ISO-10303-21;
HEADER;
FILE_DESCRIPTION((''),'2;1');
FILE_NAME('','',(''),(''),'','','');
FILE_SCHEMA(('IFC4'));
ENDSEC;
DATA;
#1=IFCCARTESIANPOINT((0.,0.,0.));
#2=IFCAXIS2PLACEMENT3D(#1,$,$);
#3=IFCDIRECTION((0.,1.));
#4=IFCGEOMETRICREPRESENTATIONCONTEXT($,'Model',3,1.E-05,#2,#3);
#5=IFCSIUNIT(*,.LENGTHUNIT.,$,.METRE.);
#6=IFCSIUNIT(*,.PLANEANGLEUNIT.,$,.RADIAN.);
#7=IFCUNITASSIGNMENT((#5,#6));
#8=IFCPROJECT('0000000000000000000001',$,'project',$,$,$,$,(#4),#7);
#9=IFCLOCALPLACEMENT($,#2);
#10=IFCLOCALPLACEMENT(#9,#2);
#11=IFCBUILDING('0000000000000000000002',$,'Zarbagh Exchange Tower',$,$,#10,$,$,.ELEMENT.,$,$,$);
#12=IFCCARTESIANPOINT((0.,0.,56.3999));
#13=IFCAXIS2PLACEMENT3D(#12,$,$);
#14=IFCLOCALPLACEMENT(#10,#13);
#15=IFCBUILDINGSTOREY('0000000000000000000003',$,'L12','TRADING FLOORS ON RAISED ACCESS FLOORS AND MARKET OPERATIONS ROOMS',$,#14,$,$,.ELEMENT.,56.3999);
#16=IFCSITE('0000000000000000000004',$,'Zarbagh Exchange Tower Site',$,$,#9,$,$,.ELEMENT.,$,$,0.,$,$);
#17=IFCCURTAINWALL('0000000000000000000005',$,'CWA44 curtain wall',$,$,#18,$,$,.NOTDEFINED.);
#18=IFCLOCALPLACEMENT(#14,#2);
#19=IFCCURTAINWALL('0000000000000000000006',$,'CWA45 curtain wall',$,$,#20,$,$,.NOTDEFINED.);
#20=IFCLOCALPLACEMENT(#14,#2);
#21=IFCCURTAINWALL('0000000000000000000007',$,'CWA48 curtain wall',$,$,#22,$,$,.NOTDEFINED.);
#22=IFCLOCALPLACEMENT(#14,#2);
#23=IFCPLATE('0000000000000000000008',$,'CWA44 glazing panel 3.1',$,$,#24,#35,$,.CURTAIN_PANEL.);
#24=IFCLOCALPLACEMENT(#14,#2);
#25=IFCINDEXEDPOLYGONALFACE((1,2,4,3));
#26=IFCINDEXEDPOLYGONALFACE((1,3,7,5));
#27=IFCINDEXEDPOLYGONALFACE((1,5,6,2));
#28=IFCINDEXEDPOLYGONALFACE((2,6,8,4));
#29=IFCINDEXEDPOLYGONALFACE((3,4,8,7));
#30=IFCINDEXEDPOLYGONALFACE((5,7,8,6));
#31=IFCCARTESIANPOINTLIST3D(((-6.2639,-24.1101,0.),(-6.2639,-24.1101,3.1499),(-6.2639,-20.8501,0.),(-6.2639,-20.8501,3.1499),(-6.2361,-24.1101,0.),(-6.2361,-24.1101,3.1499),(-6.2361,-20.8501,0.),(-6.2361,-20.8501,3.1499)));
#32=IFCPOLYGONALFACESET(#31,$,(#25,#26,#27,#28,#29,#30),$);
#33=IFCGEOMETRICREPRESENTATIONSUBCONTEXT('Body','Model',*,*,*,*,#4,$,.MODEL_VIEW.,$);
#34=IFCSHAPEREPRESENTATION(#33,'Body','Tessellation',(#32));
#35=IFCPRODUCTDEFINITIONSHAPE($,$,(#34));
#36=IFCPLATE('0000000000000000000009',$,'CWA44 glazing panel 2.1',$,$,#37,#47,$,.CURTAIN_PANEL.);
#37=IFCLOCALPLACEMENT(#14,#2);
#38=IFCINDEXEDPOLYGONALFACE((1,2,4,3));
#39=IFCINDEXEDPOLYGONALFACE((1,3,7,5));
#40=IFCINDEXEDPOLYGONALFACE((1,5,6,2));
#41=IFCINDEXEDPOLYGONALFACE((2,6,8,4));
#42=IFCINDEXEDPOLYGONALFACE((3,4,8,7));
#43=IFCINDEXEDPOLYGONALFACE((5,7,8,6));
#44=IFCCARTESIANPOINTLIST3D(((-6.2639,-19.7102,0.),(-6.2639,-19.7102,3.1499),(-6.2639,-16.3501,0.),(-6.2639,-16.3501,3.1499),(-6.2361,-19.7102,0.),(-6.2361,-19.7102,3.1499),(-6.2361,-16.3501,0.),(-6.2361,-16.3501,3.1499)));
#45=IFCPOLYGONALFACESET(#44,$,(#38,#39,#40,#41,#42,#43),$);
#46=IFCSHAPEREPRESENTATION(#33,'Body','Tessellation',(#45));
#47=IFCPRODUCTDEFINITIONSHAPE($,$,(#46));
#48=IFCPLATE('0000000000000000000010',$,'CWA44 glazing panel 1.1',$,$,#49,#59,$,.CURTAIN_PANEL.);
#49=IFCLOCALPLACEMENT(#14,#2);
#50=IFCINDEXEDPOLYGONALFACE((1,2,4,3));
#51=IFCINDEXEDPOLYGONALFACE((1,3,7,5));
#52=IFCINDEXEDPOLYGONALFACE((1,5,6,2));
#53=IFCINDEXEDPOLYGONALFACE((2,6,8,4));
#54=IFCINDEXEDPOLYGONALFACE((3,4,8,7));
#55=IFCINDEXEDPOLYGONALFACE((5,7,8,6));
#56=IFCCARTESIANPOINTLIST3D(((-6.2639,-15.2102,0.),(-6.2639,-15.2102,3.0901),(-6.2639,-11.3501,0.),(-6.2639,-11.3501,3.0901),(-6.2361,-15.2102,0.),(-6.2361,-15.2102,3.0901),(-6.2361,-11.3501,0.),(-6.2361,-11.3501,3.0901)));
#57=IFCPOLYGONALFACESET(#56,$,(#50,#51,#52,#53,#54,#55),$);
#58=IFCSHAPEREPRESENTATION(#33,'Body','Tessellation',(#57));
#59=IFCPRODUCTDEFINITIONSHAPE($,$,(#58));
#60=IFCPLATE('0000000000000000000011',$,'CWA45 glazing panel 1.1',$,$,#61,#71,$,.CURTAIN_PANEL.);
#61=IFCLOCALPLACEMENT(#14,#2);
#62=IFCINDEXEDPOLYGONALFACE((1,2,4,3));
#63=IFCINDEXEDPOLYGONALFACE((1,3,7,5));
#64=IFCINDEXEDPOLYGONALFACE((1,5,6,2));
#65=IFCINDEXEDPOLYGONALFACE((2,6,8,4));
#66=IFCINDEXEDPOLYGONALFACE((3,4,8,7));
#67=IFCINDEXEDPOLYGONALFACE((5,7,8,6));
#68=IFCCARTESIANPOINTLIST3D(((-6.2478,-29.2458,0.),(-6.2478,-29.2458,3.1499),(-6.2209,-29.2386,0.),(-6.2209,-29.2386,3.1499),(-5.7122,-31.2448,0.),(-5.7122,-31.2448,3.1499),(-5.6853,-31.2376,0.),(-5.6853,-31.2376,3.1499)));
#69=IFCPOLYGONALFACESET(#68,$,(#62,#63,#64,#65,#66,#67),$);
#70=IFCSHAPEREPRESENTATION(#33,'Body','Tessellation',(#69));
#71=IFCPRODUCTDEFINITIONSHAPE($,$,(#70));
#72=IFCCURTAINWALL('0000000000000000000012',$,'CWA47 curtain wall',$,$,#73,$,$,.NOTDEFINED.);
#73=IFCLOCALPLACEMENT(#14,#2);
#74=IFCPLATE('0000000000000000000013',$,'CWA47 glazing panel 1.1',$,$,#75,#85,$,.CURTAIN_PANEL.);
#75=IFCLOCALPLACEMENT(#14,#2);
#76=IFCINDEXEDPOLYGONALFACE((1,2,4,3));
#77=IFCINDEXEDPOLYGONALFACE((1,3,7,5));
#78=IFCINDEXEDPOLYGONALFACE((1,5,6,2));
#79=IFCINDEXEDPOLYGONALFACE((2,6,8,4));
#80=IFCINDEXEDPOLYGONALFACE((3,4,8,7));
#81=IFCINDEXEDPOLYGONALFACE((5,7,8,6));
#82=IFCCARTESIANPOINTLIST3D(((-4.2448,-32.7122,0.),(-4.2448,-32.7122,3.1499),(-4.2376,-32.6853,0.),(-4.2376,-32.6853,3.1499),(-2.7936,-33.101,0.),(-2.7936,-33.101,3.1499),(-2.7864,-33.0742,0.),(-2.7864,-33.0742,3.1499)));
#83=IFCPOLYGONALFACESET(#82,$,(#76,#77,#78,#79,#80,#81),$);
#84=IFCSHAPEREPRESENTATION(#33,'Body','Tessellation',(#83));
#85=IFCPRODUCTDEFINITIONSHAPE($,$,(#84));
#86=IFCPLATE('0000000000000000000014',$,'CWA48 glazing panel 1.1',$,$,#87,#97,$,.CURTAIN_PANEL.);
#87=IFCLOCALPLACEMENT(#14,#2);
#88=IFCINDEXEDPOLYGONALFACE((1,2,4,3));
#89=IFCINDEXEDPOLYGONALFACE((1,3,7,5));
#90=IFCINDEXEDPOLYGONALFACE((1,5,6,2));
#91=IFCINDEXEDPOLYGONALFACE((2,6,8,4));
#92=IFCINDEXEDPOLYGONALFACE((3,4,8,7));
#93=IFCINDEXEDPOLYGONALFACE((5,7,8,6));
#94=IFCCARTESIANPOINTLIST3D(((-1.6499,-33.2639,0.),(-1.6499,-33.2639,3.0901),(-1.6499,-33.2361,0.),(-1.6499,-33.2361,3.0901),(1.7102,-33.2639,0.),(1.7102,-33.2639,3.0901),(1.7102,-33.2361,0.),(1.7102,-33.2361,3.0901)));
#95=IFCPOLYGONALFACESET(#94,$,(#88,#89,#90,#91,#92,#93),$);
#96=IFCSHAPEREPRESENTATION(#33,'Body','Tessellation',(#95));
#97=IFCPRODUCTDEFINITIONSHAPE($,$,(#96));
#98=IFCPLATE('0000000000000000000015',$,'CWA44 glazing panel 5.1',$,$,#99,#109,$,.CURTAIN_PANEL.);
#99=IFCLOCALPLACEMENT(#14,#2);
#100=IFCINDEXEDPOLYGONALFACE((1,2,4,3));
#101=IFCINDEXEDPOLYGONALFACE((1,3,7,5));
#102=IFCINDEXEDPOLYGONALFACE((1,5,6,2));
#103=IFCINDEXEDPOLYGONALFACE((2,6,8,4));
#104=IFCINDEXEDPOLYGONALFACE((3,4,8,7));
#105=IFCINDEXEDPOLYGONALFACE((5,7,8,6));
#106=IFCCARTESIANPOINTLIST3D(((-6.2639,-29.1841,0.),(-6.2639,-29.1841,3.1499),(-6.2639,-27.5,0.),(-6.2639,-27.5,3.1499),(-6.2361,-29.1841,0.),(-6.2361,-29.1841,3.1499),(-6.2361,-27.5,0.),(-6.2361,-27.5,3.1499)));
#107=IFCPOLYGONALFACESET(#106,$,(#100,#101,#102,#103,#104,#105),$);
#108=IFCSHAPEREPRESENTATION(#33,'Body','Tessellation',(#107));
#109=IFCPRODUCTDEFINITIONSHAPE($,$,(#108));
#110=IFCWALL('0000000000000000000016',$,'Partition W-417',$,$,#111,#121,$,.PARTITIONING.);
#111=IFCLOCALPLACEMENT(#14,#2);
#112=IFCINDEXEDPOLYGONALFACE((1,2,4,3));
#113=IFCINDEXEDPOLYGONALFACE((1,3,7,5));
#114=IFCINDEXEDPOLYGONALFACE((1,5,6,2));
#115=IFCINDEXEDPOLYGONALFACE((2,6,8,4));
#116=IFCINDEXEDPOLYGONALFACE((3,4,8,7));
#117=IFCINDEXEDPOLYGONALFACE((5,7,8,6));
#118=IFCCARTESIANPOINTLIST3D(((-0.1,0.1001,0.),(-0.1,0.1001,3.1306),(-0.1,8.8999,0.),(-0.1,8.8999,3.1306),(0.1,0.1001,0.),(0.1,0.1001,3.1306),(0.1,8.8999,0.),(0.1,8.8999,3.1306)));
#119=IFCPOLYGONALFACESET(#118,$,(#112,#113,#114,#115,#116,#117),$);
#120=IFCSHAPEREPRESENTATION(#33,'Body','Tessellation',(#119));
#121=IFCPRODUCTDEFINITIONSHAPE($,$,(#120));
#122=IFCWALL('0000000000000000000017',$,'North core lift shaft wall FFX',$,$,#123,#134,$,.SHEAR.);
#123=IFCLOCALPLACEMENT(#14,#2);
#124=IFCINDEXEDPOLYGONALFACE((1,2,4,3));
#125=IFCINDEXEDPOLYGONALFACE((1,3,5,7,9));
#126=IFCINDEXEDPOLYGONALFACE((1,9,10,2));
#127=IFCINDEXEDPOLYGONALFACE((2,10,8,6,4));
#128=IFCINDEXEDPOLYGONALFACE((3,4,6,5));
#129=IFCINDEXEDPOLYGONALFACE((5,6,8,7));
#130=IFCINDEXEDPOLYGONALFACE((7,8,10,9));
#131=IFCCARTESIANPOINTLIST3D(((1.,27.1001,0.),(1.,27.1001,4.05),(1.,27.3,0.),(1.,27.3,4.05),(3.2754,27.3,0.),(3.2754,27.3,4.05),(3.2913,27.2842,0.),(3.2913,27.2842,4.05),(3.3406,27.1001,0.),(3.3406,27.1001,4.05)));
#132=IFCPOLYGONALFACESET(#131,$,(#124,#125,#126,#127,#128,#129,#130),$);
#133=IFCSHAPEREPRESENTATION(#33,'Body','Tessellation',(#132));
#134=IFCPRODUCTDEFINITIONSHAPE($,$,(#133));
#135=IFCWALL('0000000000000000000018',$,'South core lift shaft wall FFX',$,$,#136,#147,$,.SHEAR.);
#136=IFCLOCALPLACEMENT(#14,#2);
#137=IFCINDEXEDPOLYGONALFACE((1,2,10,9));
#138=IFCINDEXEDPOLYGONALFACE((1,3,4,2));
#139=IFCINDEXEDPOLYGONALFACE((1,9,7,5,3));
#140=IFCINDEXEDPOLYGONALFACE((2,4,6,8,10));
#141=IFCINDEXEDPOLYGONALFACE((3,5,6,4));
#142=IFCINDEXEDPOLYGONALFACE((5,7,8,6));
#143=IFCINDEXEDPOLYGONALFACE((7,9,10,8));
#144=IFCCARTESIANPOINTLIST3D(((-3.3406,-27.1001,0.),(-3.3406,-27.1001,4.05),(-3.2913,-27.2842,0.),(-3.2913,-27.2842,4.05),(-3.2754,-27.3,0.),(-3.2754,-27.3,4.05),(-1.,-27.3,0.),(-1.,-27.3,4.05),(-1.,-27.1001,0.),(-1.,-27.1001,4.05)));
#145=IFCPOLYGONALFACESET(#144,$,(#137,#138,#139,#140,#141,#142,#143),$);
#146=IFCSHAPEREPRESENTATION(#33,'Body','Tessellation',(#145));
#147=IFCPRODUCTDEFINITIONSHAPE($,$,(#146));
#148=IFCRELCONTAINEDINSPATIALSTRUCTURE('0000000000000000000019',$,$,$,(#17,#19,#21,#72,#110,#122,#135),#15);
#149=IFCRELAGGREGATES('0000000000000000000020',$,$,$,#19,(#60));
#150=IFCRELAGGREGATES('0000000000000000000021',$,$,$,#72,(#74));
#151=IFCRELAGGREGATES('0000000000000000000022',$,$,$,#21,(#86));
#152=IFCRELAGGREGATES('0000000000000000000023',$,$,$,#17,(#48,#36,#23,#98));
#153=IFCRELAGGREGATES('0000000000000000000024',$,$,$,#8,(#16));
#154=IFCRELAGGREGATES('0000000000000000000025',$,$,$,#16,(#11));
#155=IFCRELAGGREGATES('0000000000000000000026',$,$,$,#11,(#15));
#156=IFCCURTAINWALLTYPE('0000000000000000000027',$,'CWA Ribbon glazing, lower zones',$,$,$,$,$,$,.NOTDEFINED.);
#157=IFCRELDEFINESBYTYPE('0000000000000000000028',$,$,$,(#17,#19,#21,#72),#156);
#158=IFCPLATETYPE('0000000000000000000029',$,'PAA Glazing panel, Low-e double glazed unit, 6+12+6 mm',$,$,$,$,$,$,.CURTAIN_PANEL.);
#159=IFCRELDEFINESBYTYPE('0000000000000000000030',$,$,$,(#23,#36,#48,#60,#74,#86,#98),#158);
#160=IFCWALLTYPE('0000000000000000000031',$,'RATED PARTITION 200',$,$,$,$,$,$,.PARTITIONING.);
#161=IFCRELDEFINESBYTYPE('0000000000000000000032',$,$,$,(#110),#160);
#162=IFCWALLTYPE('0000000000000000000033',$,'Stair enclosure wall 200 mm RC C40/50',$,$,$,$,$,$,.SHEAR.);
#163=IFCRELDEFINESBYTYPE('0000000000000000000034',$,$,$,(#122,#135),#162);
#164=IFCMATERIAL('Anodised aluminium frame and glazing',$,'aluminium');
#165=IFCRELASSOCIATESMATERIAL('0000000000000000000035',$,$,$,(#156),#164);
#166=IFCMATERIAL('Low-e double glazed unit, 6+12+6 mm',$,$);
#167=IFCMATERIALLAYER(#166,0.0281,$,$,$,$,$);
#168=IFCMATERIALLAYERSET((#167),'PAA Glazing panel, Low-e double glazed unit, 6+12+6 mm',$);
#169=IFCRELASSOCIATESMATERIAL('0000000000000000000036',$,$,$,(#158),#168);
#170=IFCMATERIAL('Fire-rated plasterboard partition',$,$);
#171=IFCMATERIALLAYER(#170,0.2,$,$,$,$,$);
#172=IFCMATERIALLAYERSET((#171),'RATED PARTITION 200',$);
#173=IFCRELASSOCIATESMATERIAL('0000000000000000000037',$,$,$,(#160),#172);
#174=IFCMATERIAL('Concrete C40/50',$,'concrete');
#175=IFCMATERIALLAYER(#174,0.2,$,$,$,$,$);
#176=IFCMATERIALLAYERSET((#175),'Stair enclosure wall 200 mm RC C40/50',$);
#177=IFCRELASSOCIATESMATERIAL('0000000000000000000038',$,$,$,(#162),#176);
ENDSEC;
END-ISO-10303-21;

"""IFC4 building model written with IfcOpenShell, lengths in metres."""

from ifc_helpers import new_model, si_unit, direction, frame, frame_2d, origin, place, context, subcontext, project, spatial, polyline, rectangle, outline, extrude, source, transform, mapped, material, layer, layer_set, type_object, element, aggregate, save


model = new_model("IFC4")

# Units and contexts
model_context = context("Model", 3, precision=1e-05, world=origin(), true_north=direction((0.0, 1.0)))
body_context = subcontext(model_context, "Body", "Model", "MODEL_VIEW")
ifc_project = project(units=[si_unit("LENGTHUNIT", "METRE"), si_unit("PLANEANGLEUNIT", "RADIAN")], contexts=[model_context])

# Site, building, storey
site_placement = place(None, origin())
site = spatial("IfcSite", under=ifc_project, at=site_placement, Name="Zarbagh Exchange Tower Site", CompositionType="ELEMENT", RefElevation=0.0)
building_placement = place(site_placement, origin())
building = spatial("IfcBuilding", under=site, at=building_placement, Name="Zarbagh Exchange Tower", CompositionType="ELEMENT")
storey_placement = place(building_placement, frame((0.0, 0.0, 56.3999)))
storey = spatial("IfcBuildingStorey", under=building, at=storey_placement, Name="L12", Description="TRADING FLOORS ON RAISED ACCESS FLOORS AND MARKET OPERATIONS ROOMS", CompositionType="ELEMENT", Elevation=56.3999)

# Curtain wall
ifc_material_1 = material(Name="Anodised aluminium frame and glazing", Category="aluminium")
curtain_wall_type = type_object("IfcCurtainWallType", Name="CWA Ribbon glazing, lower zones", PredefinedType="NOTDEFINED", material=ifc_material_1)
curtain_wall_1_placement = place(storey_placement, origin())
curtain_wall_1 = element("IfcCurtainWall", 1, at=curtain_wall_1_placement, inside=storey, type_object=curtain_wall_type, Name="CWA44 curtain wall", PredefinedType="NOTDEFINED")
placement = place(storey_placement, origin())

# Curtain walls
curtain_wall_2_placement = place(storey_placement, origin())
curtain_wall_2 = element("IfcCurtainWall", 2, at=curtain_wall_2_placement, inside=storey, type_object=curtain_wall_type, Name="CWA45 curtain wall", PredefinedType="NOTDEFINED")
curtain_wall_3_placement = place(storey_placement, origin())
curtain_wall_3 = element("IfcCurtainWall", 3, at=curtain_wall_3_placement, inside=storey, type_object=curtain_wall_type, Name="CWA48 curtain wall", PredefinedType="NOTDEFINED")

# Shared definitions
ifc_material_2 = material(Name="Concrete C40/50", Category="concrete")

# Shared definitions
ifc_material_3 = material(Name="Low-e double glazed unit, 6+12+6 mm")
ifc_layer_1 = layer(ifc_material_3, 0.0281)
ifc_layer_set_1 = layer_set([ifc_layer_1], Name="PAA Glazing panel, Low-e double glazed unit, 6+12+6 mm")
plate_type = type_object("IfcPlateType", Name="PAA Glazing panel, Low-e double glazed unit, 6+12+6 mm", PredefinedType="CURTAIN_PANEL", material=ifc_layer_set_1)

# Plates
shared_shape_1 = source(origin(), body_context, "Body", "SweptSolid", [
    extrude(outline(polyline([(0.0, -0.0139), (3.26, -0.0139), (3.26, 0.0139), (0.0, 0.0139), (0.0, -0.0139)])), origin(), (0.0, 0.0, 1.0), 3.1499),
])
plate_1 = element("IfcPlate", 4, at=placement, type_object=plate_type, Name="CWA44 glazing panel 3.1", PredefinedType="CURTAIN_PANEL", context=body_context, shape_type="MappedRepresentation", body=[
    mapped(shared_shape_1, transform((-6.25, -20.8501, 0.0), x_axis=(0.0, -1.0, 0.0), y_axis=(1.0, 0.0, 0.0), z_axis=(0.0, 0.0, 1.0))),
])
shared_shape_2 = source(origin(), body_context, "Body", "SweptSolid", [
    extrude(outline(polyline([(0.0, -0.0139), (3.3601, -0.0139), (3.3601, 0.0139), (0.0, 0.0139), (0.0, -0.0139)])), origin(), (0.0, 0.0, 1.0), 3.1499),
])
plate_2 = element("IfcPlate", 5, at=placement, type_object=plate_type, Name="CWA44 glazing panel 2.1", PredefinedType="CURTAIN_PANEL", context=body_context, shape_type="MappedRepresentation", body=[
    mapped(shared_shape_2, transform((-6.25, -16.3501, 0.0), x_axis=(0.0, -1.0, 0.0), y_axis=(1.0, 0.0, 0.0), z_axis=(0.0, 0.0, 1.0))),
])
shared_shape_3 = source(origin(), body_context, "Body", "SweptSolid", [
    extrude(outline(polyline([(0.0, -0.0139), (3.8601, -0.0139), (3.8601, 0.0139), (0.0, 0.0139), (0.0, -0.0139)])), origin(), (0.0, 0.0, 1.0), 3.0901),
])
plate_3 = element("IfcPlate", 6, at=placement, type_object=plate_type, Name="CWA44 glazing panel 1.1", PredefinedType="CURTAIN_PANEL", context=body_context, shape_type="MappedRepresentation", body=[
    mapped(shared_shape_3, transform((-6.25, -11.3501, 0.0), x_axis=(0.0, -1.0, 0.0), y_axis=(1.0, 0.0, 0.0), z_axis=(0.0, 0.0, 1.0))),
])
shared_shape_4 = source(origin(), body_context, "Body", "SweptSolid", [
    extrude(outline(polyline([(0.0, -0.0139), (2.0696, -0.0139), (2.0696, 0.0139), (0.0, 0.0139), (0.0, -0.0139)])), origin(), (0.0, 0.0, 1.0), 3.1499),
])
plate_4 = element("IfcPlate", 7, at=placement, type_object=plate_type, Name="CWA45 glazing panel 1.1", PredefinedType="CURTAIN_PANEL", context=body_context, shape_type="MappedRepresentation", body=[
    mapped(shared_shape_4, transform((-6.2344, -29.2422, 0.0), x_axis=(0.258825, -0.965924, 0.0), y_axis=(0.965924, 0.258825, 0.0), z_axis=(0.0, 0.0, 1.0))),
])
aggregate(curtain_wall_2, [plate_4])

# Curtain wall, plate
curtain_wall_4_placement = place(storey_placement, origin())
curtain_wall_4 = element("IfcCurtainWall", 8, at=curtain_wall_4_placement, inside=storey, type_object=curtain_wall_type, Name="CWA47 curtain wall", PredefinedType="NOTDEFINED")
shared_shape_5 = source(origin(), body_context, "Body", "SweptSolid", [
    extrude(outline(polyline([(0.0, -0.0139), (1.5024, -0.0139), (1.5024, 0.0139), (0.0, 0.0139), (0.0, -0.0139)])), origin(), (0.0, 0.0, 1.0), 3.1499),
])
plate_5 = element("IfcPlate", 9, at=placement, type_object=plate_type, Name="CWA47 glazing panel 1.1", PredefinedType="CURTAIN_PANEL", context=body_context, shape_type="MappedRepresentation", body=[
    mapped(shared_shape_5, transform((-4.2412, -32.6987, 0.0), x_axis=(0.965924, -0.258825, 0.0), y_axis=(0.258825, 0.965924, 0.0), z_axis=(0.0, 0.0, 1.0))),
])
aggregate(curtain_wall_4, [plate_5])

# Plates
shared_shape_6 = source(origin(), body_context, "Body", "SweptSolid", [
    extrude(outline(polyline([(0.0, -0.0139), (3.3601, -0.0139), (3.3601, 0.0139), (0.0, 0.0139), (0.0, -0.0139)])), origin(), (0.0, 0.0, 1.0), 3.0901),
])
plate_6 = element("IfcPlate", 10, at=placement, type_object=plate_type, Name="CWA48 glazing panel 1.1", PredefinedType="CURTAIN_PANEL", context=body_context, shape_type="MappedRepresentation", body=[
    mapped(shared_shape_6, transform((-1.6499, -33.25, 0.0), x_axis=(1.0, 0.0, 0.0), y_axis=(0.0, 1.0, 0.0), z_axis=(0.0, 0.0, 1.0))),
])
aggregate(curtain_wall_3, [plate_6])
shared_shape_7 = source(origin(), body_context, "Body", "SweptSolid", [
    extrude(outline(polyline([(0.0, -0.0139), (1.6841, -0.0139), (1.6841, 0.0139), (0.0, 0.0139), (0.0, -0.0139)])), origin(), (0.0, 0.0, 1.0), 3.1499),
])
plate_7 = element("IfcPlate", 11, at=placement, type_object=plate_type, Name="CWA44 glazing panel 5.1", PredefinedType="CURTAIN_PANEL", context=body_context, shape_type="MappedRepresentation", body=[
    mapped(shared_shape_7, transform((-6.25, -27.5, 0.0), x_axis=(0.0, -1.0, 0.0), y_axis=(1.0, 0.0, 0.0), z_axis=(0.0, 0.0, 1.0))),
])
aggregate(curtain_wall_1, [plate_3, plate_2, plate_1, plate_7])

# Walls
ifc_material_4 = material(Name="Fire-rated plasterboard partition")
ifc_layer_2 = layer(ifc_material_4, 0.2)
ifc_layer_set_2 = layer_set([ifc_layer_2], Name="RATED PARTITION 200")
wall_type_1 = type_object("IfcWallType", Name="RATED PARTITION 200", PredefinedType="PARTITIONING", material=ifc_layer_set_2)
wall_1_placement = place(storey_placement, frame((0.0, 0.1001, 0.0), z_axis=(0.0, 0.0, 1.0), x_axis=(0.0, 1.0, 0.0)))
element("IfcWall", 12, at=wall_1_placement, inside=storey, type_object=wall_type_1, Name="Partition W-417", PredefinedType="PARTITIONING", context=body_context, shape_type="SweptSolid", body=[
    extrude(rectangle(XDim=8.7998, YDim=0.2, at=frame_2d((4.3999, 0.0))), origin(), (0.0, 0.0, 1.0), 3.1306),
])
ifc_layer_3 = layer(ifc_material_2, 0.2)
ifc_layer_set_3 = layer_set([ifc_layer_3], Name="Stair enclosure wall 200 mm RC C40/50")
wall_type_2 = type_object("IfcWallType", Name="Stair enclosure wall 200 mm RC C40/50", PredefinedType="SHEAR", material=ifc_layer_set_3)
wall_2_placement = place(storey_placement, origin())
element("IfcWall", 13, at=wall_2_placement, inside=storey, type_object=wall_type_2, Name="North core lift shaft wall FFX", PredefinedType="SHEAR", context=body_context, shape_type="SweptSolid", body=[
    extrude(outline(polyline([(1.0, 27.1001), (3.3406, 27.1001), (3.2913, 27.2842), (3.2754, 27.3), (1.0, 27.3), (1.0, 27.1001)])), origin(), (0.0, 0.0, 1.0), 4.05),
])
wall_3_placement = place(storey_placement, origin())
element("IfcWall", 14, at=wall_3_placement, inside=storey, type_object=wall_type_2, Name="South core lift shaft wall FFX", PredefinedType="SHEAR", context=body_context, shape_type="SweptSolid", body=[
    extrude(outline(polyline([(-1.0, -27.1001), (-3.3406, -27.1001), (-3.2913, -27.2842), (-3.2754, -27.3), (-1.0, -27.3), (-1.0, -27.1001)])), origin(), (0.0, 0.0, 1.0), 4.05),
])

save(model, "model.ifc")
